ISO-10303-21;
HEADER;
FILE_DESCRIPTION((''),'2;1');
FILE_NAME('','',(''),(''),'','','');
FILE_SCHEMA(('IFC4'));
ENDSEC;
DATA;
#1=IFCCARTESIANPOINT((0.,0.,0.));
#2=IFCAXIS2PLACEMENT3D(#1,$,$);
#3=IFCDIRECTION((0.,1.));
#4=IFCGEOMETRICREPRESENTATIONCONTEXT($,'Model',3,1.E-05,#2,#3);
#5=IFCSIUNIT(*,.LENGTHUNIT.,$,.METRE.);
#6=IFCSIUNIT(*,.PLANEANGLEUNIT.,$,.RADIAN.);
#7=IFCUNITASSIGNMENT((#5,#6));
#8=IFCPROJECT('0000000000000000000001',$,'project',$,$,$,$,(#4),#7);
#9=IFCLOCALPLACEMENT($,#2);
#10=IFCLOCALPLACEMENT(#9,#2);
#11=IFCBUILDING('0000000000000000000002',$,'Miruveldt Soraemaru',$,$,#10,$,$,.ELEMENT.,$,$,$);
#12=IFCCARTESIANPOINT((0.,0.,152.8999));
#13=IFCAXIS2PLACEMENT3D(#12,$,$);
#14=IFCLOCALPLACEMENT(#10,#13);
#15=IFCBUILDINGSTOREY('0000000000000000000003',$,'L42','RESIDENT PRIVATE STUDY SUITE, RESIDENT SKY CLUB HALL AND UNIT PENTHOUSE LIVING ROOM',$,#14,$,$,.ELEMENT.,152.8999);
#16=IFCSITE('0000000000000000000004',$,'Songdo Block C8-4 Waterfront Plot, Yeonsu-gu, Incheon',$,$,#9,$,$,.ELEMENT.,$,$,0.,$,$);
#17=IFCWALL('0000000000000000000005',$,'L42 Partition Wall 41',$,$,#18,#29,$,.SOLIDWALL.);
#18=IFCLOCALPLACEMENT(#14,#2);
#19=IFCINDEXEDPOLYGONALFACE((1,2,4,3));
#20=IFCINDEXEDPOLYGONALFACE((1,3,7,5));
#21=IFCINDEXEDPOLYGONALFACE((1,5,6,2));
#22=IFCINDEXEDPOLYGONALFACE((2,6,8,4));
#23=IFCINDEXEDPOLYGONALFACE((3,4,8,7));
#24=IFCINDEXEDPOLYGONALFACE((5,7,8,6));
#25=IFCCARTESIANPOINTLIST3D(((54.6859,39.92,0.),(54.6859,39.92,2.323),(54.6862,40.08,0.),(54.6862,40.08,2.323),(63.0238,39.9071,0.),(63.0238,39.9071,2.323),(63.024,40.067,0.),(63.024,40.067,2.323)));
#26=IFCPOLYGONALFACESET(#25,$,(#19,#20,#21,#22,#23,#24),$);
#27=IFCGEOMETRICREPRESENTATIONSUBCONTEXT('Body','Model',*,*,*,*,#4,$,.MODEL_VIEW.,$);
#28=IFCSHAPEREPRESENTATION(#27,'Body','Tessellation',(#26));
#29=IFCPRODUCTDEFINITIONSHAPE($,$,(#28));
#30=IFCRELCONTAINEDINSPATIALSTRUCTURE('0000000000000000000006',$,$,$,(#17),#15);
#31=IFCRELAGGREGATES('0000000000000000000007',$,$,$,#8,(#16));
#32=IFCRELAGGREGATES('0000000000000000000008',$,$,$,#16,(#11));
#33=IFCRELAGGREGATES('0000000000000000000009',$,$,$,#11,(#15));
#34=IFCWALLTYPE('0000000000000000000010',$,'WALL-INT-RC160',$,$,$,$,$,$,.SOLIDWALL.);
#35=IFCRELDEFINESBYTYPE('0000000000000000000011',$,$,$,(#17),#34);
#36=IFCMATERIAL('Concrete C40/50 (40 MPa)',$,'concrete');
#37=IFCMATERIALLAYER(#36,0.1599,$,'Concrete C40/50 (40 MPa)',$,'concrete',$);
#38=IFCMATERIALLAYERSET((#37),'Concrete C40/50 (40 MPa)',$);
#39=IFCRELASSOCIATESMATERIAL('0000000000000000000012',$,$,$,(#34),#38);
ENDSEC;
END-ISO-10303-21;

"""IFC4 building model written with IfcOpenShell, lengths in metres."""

from ifc_helpers import new_model, si_unit, direction, frame, frame_2d, origin, place, context, subcontext, project, spatial, rectangle, extrude, material, layer, layer_set, type_object, element, save


model = new_model("IFC4")

# Units and contexts
model_context = context("Model", 3, precision=1e-05, world=origin(), true_north=direction((0.0, 1.0)))
body_context = subcontext(model_context, "Body", "Model", "MODEL_VIEW")
ifc_project = project(units=[si_unit("LENGTHUNIT", "METRE"), si_unit("PLANEANGLEUNIT", "RADIAN")], contexts=[model_context])

# Site, building, storey
site_placement = place(None, origin())
site = spatial("IfcSite", under=ifc_project, at=site_placement, Name="Songdo Block C8-4 Waterfront Plot, Yeonsu-gu, Incheon", CompositionType="ELEMENT", RefElevation=0.0)
building_placement = place(site_placement, origin())
building = spatial("IfcBuilding", under=site, at=building_placement, Name="Miruveldt Soraemaru", CompositionType="ELEMENT")
storey_placement = place(building_placement, frame((0.0, 0.0, 152.8999)))
storey = spatial("IfcBuildingStorey", under=building, at=storey_placement, Name="L42", Description="RESIDENT PRIVATE STUDY SUITE, RESIDENT SKY CLUB HALL AND UNIT PENTHOUSE LIVING ROOM", CompositionType="ELEMENT", Elevation=152.8999)

# Shared definitions
ifc_material_1 = material(Name="Concrete C40/50 (40 MPa)", Category="concrete")
ifc_layer_1 = layer(ifc_material_1, 0.1599, Name="Concrete C40/50 (40 MPa)", Category="concrete")
ifc_layer_set_1 = layer_set([ifc_layer_1], Name="Concrete C40/50 (40 MPa)")
wall_type_1 = type_object("IfcWallType", Name="WALL-INT-RC160", PredefinedType="SOLIDWALL", material=ifc_layer_set_1)

# Wall
wall_1_placement = place(storey_placement, frame((54.686, 40.0, 0.0), z_axis=(0.0, 0.0, 1.0), x_axis=(0.999999, -0.001552, 0.0)))
element("IfcWall", 1, at=wall_1_placement, inside=storey, type_object=wall_type_1, Name="L42 Partition Wall 41", PredefinedType="SOLIDWALL", context=body_context, shape_type="SweptSolid", body=[
    extrude(rectangle(XDim=8.3379, YDim=0.1599, at=frame_2d((4.1689, 0.0))), origin(), (0.0, 0.0, 1.0), 2.323),
])

save(model, "model.ifc")
